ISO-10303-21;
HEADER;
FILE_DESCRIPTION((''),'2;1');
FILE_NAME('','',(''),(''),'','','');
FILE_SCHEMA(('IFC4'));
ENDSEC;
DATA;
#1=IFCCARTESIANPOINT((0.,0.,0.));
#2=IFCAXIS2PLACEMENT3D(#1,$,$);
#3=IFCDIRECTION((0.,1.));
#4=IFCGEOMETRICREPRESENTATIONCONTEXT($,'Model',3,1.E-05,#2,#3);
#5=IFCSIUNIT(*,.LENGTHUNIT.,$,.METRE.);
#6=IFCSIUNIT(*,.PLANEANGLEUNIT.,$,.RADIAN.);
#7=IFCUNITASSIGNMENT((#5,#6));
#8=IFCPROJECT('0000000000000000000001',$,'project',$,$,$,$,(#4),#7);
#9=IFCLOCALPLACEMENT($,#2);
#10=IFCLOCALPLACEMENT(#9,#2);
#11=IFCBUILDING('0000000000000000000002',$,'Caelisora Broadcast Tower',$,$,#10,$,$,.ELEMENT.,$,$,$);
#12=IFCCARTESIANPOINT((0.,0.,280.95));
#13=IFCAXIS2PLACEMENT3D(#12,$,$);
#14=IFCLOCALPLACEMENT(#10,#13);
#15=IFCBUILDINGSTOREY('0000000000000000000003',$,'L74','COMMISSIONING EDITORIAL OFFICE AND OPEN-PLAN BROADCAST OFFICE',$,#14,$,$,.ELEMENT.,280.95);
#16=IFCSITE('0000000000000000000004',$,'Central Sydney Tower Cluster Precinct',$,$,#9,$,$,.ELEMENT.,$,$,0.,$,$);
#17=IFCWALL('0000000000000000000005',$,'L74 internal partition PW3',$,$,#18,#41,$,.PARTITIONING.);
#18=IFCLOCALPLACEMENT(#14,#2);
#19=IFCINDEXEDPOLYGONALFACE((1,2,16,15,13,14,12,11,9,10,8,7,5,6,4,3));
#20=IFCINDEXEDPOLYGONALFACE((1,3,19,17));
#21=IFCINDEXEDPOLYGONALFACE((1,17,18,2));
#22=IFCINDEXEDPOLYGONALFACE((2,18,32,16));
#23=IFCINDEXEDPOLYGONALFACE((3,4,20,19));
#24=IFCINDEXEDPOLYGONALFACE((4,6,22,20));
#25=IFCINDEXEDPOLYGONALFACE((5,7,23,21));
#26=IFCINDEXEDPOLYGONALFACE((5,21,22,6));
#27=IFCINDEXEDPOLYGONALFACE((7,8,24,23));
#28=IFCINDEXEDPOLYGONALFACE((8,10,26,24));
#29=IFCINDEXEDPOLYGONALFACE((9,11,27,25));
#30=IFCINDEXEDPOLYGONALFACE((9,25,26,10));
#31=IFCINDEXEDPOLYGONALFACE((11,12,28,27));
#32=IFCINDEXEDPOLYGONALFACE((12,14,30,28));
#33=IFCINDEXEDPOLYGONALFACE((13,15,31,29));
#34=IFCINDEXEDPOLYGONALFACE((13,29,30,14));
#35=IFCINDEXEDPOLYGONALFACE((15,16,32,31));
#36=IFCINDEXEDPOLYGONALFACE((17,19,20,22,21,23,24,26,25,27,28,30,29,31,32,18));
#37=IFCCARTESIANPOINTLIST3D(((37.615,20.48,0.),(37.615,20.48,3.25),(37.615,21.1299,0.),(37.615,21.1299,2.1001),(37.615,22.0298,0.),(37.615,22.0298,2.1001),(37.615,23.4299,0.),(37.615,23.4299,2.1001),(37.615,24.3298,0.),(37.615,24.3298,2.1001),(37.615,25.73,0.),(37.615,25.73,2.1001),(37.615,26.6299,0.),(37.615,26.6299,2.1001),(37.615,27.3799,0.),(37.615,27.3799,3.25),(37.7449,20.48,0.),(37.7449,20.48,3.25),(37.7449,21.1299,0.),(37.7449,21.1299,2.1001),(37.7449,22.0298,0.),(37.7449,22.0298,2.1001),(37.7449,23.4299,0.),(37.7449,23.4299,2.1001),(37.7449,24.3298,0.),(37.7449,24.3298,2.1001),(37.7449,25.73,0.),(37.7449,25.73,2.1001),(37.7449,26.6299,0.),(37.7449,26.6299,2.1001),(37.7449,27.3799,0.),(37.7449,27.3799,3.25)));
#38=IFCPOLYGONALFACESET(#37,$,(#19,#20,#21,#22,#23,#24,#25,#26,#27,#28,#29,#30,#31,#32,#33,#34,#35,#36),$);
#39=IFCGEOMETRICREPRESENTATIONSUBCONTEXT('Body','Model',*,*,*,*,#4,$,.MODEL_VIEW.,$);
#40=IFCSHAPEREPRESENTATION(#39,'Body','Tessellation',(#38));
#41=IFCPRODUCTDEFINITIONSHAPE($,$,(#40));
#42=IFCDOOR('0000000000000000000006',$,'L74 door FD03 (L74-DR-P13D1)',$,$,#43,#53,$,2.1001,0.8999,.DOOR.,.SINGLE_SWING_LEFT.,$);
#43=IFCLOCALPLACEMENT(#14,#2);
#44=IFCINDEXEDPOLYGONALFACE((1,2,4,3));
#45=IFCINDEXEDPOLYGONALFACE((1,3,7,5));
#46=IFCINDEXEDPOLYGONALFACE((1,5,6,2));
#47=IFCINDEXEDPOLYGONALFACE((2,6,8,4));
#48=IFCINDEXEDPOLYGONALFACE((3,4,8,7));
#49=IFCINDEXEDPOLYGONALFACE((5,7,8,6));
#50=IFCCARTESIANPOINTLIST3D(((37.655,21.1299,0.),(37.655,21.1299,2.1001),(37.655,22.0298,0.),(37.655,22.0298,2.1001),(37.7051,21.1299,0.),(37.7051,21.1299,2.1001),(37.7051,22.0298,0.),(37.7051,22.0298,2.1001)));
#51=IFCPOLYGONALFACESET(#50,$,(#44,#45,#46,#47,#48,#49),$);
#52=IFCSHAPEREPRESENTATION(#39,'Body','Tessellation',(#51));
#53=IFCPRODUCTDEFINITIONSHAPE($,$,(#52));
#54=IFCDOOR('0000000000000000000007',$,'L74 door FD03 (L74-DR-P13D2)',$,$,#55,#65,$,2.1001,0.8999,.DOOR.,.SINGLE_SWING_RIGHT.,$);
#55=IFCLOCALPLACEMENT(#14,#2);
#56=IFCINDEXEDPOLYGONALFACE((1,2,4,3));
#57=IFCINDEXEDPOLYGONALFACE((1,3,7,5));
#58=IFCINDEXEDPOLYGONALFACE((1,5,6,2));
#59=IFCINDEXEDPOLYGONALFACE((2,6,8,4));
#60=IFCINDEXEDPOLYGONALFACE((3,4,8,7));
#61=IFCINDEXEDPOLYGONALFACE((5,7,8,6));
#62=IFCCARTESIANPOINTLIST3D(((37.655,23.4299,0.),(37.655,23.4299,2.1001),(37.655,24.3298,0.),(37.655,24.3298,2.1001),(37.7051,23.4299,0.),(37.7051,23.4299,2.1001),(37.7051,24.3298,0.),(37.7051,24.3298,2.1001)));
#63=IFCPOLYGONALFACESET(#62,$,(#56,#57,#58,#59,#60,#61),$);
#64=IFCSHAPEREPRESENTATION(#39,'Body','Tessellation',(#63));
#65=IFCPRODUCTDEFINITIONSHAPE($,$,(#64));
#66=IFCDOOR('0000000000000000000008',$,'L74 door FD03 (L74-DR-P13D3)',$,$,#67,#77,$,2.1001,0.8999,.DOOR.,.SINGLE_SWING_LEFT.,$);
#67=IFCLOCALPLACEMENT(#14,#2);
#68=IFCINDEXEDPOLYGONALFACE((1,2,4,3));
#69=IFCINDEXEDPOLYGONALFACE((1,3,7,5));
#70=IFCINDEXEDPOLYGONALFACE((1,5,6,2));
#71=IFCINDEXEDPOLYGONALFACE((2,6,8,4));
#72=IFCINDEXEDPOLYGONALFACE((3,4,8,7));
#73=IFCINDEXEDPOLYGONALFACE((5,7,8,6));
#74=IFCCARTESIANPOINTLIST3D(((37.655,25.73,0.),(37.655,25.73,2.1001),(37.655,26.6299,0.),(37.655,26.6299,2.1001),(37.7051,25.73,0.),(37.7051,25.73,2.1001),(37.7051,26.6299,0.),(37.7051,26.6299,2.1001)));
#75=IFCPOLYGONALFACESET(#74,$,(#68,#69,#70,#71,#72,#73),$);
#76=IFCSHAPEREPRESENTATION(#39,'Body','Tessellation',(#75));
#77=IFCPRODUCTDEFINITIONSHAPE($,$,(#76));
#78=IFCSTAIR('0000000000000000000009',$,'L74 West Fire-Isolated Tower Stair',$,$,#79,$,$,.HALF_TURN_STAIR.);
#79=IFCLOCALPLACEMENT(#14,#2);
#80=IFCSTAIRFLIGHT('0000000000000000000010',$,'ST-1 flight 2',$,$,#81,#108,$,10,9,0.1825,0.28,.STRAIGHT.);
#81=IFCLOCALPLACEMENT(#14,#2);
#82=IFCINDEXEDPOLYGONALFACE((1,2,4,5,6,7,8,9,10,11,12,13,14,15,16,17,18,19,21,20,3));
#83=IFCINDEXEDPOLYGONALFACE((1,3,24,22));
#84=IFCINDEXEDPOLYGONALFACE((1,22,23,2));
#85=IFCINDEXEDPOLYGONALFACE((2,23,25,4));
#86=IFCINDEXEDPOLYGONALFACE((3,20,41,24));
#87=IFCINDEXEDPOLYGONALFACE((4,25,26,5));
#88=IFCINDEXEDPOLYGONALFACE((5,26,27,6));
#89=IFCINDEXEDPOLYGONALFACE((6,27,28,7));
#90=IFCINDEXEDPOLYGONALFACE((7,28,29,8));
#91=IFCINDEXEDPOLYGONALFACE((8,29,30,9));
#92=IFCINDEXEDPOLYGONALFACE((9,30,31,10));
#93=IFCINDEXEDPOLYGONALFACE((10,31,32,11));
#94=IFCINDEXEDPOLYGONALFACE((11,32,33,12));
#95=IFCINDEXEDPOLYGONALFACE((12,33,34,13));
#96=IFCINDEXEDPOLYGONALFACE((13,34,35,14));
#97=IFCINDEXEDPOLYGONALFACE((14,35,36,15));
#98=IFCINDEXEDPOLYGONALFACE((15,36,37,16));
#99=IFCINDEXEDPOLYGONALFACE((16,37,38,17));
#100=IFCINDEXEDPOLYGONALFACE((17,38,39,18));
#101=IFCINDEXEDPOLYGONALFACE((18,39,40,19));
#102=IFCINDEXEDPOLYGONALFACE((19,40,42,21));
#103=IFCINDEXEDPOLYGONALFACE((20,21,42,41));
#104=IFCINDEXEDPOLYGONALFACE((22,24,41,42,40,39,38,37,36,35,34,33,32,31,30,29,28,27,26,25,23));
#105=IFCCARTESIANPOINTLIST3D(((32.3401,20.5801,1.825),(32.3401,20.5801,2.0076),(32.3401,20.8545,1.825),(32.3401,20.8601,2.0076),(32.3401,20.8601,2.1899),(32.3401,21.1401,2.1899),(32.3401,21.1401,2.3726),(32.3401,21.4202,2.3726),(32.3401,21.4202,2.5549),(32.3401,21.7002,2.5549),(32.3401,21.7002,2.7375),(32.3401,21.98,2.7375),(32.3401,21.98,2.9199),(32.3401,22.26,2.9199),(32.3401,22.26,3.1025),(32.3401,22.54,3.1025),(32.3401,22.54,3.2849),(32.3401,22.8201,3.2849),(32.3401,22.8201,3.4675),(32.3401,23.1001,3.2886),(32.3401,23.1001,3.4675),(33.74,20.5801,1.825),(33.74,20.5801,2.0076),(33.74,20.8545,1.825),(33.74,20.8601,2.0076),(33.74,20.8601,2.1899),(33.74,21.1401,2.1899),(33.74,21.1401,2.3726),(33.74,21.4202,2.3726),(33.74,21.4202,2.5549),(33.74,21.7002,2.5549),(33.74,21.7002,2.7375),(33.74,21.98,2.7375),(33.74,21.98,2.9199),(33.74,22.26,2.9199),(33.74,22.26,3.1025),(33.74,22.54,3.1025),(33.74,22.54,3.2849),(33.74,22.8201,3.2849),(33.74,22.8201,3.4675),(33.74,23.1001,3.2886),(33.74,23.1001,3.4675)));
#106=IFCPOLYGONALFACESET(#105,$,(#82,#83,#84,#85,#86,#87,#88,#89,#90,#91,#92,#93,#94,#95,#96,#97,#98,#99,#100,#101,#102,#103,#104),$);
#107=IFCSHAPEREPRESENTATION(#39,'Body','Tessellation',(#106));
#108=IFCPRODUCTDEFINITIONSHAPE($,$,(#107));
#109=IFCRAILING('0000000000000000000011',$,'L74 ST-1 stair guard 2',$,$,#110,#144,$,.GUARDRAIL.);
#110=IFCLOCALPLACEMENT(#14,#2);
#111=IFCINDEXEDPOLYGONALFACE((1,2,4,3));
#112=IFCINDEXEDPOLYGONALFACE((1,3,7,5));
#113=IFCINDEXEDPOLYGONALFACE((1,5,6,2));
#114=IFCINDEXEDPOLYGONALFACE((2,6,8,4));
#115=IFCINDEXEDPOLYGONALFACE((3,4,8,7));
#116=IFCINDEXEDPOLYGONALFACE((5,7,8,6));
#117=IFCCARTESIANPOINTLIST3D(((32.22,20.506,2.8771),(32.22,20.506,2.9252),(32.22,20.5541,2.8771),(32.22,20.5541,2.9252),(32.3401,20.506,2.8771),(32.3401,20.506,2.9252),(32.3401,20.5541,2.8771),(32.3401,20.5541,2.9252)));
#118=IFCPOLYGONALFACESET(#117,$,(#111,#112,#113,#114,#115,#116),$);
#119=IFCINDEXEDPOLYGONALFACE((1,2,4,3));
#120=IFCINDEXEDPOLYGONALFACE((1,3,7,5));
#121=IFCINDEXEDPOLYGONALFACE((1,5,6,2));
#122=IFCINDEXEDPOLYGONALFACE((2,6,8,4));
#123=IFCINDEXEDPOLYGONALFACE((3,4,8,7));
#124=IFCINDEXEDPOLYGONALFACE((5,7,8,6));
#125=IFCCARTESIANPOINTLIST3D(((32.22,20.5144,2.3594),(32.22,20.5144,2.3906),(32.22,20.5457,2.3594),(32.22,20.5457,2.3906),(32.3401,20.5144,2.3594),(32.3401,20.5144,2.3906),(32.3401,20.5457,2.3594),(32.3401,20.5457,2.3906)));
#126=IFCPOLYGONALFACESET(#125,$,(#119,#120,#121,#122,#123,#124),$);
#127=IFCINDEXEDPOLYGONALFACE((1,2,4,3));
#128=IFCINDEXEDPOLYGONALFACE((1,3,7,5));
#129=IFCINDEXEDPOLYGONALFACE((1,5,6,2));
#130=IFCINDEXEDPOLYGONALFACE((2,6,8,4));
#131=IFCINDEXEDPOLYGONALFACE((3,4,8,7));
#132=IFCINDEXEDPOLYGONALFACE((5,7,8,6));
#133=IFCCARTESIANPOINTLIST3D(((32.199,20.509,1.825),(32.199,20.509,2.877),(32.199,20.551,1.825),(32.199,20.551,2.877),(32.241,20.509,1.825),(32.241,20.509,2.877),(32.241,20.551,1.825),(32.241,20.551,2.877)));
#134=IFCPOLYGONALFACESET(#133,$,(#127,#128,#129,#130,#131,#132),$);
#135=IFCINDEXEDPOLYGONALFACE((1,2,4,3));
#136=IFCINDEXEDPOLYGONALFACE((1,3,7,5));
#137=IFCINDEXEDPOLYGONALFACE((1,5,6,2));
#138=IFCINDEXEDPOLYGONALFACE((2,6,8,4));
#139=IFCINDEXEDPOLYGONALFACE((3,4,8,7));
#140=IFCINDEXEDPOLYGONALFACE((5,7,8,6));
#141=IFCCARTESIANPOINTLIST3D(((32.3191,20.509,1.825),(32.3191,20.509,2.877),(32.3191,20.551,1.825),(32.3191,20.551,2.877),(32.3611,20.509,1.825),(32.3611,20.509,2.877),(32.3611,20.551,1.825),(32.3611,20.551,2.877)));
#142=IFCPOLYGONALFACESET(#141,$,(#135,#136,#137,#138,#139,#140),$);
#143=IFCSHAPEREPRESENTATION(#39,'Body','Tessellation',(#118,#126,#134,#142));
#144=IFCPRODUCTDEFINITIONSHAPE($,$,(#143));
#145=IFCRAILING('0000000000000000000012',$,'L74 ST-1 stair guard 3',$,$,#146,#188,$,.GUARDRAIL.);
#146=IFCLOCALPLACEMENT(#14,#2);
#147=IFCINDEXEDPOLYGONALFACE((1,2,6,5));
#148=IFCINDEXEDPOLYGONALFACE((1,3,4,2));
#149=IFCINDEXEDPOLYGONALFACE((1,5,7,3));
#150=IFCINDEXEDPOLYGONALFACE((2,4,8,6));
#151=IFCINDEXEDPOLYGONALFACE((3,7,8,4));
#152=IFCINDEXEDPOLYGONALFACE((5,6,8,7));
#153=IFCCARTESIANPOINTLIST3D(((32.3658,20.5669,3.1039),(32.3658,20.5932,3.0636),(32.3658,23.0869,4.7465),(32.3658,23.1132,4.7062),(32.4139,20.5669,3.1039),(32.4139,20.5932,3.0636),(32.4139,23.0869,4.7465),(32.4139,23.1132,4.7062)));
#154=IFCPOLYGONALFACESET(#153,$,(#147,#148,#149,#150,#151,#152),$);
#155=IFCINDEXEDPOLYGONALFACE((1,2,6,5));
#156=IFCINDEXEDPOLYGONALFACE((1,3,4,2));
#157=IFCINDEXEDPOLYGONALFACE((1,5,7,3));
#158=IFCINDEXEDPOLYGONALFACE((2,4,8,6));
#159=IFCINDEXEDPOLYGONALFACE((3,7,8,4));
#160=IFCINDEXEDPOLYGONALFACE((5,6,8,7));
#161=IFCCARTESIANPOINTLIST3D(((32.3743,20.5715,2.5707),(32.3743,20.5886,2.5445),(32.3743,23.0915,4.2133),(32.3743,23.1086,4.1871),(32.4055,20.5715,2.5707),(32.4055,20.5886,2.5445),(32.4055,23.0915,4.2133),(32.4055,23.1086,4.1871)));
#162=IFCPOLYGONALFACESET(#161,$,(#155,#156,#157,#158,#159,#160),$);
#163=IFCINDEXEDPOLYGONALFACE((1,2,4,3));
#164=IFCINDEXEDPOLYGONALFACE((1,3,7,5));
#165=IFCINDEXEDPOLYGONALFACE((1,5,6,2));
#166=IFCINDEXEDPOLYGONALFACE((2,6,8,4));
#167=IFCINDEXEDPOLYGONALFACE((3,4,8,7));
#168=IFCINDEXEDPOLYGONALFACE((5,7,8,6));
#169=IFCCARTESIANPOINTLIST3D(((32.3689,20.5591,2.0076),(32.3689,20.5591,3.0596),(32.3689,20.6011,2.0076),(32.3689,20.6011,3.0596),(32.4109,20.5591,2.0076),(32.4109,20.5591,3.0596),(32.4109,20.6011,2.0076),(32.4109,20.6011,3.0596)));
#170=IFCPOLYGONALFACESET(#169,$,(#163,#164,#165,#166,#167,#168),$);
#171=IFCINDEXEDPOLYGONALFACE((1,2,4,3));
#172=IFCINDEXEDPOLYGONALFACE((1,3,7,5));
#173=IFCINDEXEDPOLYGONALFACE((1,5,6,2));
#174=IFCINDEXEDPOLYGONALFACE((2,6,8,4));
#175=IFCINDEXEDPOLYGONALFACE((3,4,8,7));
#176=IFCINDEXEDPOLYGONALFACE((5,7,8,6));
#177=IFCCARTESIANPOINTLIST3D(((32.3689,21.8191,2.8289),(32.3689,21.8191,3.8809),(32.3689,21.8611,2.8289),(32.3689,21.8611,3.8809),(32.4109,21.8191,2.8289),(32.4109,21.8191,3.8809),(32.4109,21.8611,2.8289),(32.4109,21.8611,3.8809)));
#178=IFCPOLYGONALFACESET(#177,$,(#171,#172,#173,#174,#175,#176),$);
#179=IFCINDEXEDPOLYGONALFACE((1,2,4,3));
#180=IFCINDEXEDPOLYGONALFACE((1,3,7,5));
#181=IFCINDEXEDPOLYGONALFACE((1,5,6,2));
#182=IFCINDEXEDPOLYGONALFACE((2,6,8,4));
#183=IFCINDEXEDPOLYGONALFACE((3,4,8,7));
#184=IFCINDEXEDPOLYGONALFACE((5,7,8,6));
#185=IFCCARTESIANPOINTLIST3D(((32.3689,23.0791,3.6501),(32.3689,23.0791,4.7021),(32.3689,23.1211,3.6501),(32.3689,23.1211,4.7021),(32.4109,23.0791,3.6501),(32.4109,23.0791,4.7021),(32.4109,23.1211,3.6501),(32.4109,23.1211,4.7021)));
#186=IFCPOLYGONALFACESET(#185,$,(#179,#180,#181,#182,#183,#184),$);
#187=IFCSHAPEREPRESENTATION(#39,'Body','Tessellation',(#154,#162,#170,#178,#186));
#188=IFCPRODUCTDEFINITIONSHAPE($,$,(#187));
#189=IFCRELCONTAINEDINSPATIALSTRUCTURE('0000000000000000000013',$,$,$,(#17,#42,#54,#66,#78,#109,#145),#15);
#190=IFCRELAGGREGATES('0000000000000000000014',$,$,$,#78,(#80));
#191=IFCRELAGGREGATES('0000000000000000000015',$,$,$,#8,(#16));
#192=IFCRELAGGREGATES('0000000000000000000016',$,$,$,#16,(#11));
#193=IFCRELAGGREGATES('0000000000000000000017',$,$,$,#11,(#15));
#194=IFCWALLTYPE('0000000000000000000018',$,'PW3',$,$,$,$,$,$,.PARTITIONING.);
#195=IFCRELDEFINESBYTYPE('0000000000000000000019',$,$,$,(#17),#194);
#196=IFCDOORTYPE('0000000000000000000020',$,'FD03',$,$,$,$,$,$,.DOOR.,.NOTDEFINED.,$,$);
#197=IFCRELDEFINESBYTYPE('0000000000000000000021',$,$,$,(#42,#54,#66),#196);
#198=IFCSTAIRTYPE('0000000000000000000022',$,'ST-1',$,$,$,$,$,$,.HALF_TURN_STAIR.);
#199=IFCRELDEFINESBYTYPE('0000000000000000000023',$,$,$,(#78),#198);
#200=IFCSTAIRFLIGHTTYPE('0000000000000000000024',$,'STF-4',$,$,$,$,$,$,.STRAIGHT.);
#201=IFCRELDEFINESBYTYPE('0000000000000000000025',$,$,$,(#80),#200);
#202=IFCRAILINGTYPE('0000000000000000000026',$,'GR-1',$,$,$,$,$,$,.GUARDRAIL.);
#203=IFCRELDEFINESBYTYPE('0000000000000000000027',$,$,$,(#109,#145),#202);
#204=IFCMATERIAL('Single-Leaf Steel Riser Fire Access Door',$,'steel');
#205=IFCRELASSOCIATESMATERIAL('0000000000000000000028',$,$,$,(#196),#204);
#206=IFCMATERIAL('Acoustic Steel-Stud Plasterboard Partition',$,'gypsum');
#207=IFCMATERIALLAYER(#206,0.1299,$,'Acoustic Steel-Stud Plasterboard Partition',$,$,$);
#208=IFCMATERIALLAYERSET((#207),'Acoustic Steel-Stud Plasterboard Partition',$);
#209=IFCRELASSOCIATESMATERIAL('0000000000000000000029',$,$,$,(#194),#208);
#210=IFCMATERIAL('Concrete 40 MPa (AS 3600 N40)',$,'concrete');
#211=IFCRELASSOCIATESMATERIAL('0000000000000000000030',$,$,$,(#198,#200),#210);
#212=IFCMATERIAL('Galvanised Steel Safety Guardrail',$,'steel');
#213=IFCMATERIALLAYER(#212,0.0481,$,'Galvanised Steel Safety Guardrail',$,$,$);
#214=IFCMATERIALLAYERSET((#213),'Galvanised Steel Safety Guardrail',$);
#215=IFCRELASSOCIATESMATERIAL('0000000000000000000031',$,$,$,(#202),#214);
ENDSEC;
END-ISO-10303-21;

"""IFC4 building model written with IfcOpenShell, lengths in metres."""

from ifc_helpers import new_model, si_unit, direction, frame, frame_2d, origin, origin_2d, place, context, subcontext, project, spatial, polyline, rectangle, outline, extrude, material, layer, layer_set, type_object, element, fill, aggregate, save


model = new_model("IFC4")

# Units and contexts
model_context = context("Model", 3, precision=1e-05, world=origin(), true_north=direction((0.0, 1.0)))
body_context = subcontext(model_context, "Body", "Model", "MODEL_VIEW")
ifc_project = project(units=[si_unit("LENGTHUNIT", "METRE"), si_unit("PLANEANGLEUNIT", "RADIAN")], contexts=[model_context])

# Site, building, storey
site_placement = place(None, origin())
site = spatial("IfcSite", under=ifc_project, at=site_placement, Name="Central Sydney Tower Cluster Precinct", CompositionType="ELEMENT", RefElevation=0.0)
building_placement = place(site_placement, origin())
building = spatial("IfcBuilding", under=site, at=building_placement, Name="Caelisora Broadcast Tower", CompositionType="ELEMENT")
storey_placement = place(building_placement, frame((0.0, 0.0, 280.95)))
storey = spatial("IfcBuildingStorey", under=building, at=storey_placement, Name="L74", Description="COMMISSIONING EDITORIAL OFFICE AND OPEN-PLAN BROADCAST OFFICE", CompositionType="ELEMENT", Elevation=280.95)

# Shared definitions
ifc_material_1 = material(Name="Concrete 40 MPa (AS 3600 N40)", Category="concrete")

# Shared definitions
ifc_material_2 = material(Name="Single-Leaf Steel Riser Fire Access Door", Category="steel")
door_type_1 = type_object("IfcDoorType", Name="FD03", OperationType="NOTDEFINED", PredefinedType="DOOR", material=ifc_material_2)

# Shared definitions
ifc_material_3 = material(Name="Acoustic Steel-Stud Plasterboard Partition", Category="gypsum")
ifc_layer_1 = layer(ifc_material_3, 0.1299, Name="Acoustic Steel-Stud Plasterboard Partition")
ifc_layer_set_1 = layer_set([ifc_layer_1], Name="Acoustic Steel-Stud Plasterboard Partition")
wall_type_1 = type_object("IfcWallType", Name="PW3", PredefinedType="PARTITIONING", material=ifc_layer_set_1)

# Wall, openings, doors
wall_1_placement = place(storey_placement, frame((37.6799, 20.48, 0.0), z_axis=(0.0, 0.0, 1.0), x_axis=(0.0, 1.0, 0.0)))
wall_1 = element("IfcWall", 1, at=wall_1_placement, inside=storey, type_object=wall_type_1, Name="L74 internal partition PW3", PredefinedType="PARTITIONING", context=body_context, shape_type="SweptSolid", body=[
    extrude(rectangle(XDim=6.8999, YDim=0.1299, at=frame_2d((3.45, 0.0))), origin(), (0.0, 0.0, 1.0), 3.25),
])
opening_1_placement = place(wall_1_placement, frame((0.6499, 0.0, 0.0)))
opening_1 = element("IfcOpeningElement", 2, at=opening_1_placement, cuts=wall_1, PredefinedType="OPENING", context=body_context, shape_type="SweptSolid", body=[
    extrude(rectangle(XDim=0.8999, YDim=2.1001, at=frame_2d((0.45, 1.05))), frame((0.0, 0.0769, 0.0), z_axis=(0.0, -1.0, 0.0), x_axis=(1.0, 0.0, 0.0)), (0.0, 0.0, 1.0), 0.1538),
])
opening_2_placement = place(wall_1_placement, frame((2.95, 0.0, 0.0)))
opening_2 = element("IfcOpeningElement", 3, at=opening_2_placement, cuts=wall_1, PredefinedType="OPENING", context=body_context, shape_type="SweptSolid", body=[
    extrude(rectangle(XDim=0.8999, YDim=2.1001, at=frame_2d((0.45, 1.05))), frame((0.0, 0.0769, 0.0), z_axis=(0.0, -1.0, 0.0), x_axis=(1.0, 0.0, 0.0)), (0.0, 0.0, 1.0), 0.1538),
])
opening_3_placement = place(wall_1_placement, frame((5.25, 0.0, 0.0)))
opening_3 = element("IfcOpeningElement", 4, at=opening_3_placement, cuts=wall_1, PredefinedType="OPENING", context=body_context, shape_type="SweptSolid", body=[
    extrude(rectangle(XDim=0.8999, YDim=2.1001, at=frame_2d((0.45, 1.05))), frame((0.0, 0.0769, 0.0), z_axis=(0.0, -1.0, 0.0), x_axis=(1.0, 0.0, 0.0)), (0.0, 0.0, 1.0), 0.1538),
])
door_1_placement = place(opening_1_placement, origin())
door_1 = element("IfcDoor", 5, at=door_1_placement, inside=storey, type_object=door_type_1, Name="L74 door FD03 (L74-DR-P13D1)", OperationType="SINGLE_SWING_LEFT", OverallHeight=2.1001, OverallWidth=0.8999, PredefinedType="DOOR", context=body_context, shape_type="SweptSolid", body=[
    extrude(rectangle(XDim=0.8999, YDim=2.1001, at=frame_2d((0.45, 1.05))), frame((0.0, 0.0249, 0.0), z_axis=(0.0, -1.0, 0.0), x_axis=(1.0, 0.0, 0.0)), (0.0, 0.0, 1.0), 0.05),
])
fill(opening_1, door_1)
door_2_placement = place(opening_2_placement, origin())
door_2 = element("IfcDoor", 6, at=door_2_placement, inside=storey, type_object=door_type_1, Name="L74 door FD03 (L74-DR-P13D2)", OperationType="SINGLE_SWING_RIGHT", OverallHeight=2.1001, OverallWidth=0.8999, PredefinedType="DOOR", context=body_context, shape_type="SweptSolid", body=[
    extrude(rectangle(XDim=0.8999, YDim=2.1001, at=frame_2d((0.45, 1.05))), frame((0.0, 0.0249, 0.0), z_axis=(0.0, -1.0, 0.0), x_axis=(1.0, 0.0, 0.0)), (0.0, 0.0, 1.0), 0.05),
])
fill(opening_2, door_2)
door_3_placement = place(opening_3_placement, origin())
door_3 = element("IfcDoor", 7, at=door_3_placement, inside=storey, type_object=door_type_1, Name="L74 door FD03 (L74-DR-P13D3)", OperationType="SINGLE_SWING_LEFT", OverallHeight=2.1001, OverallWidth=0.8999, PredefinedType="DOOR", context=body_context, shape_type="SweptSolid", body=[
    extrude(rectangle(XDim=0.8999, YDim=2.1001, at=frame_2d((0.45, 1.05))), frame((0.0, 0.0249, 0.0), z_axis=(0.0, -1.0, 0.0), x_axis=(1.0, 0.0, 0.0)), (0.0, 0.0, 1.0), 0.05),
])
fill(opening_3, door_3)

# Stair, stair flight
stair_type = type_object("IfcStairType", Name="ST-1", PredefinedType="HALF_TURN_STAIR", material=ifc_material_1)
stair_placement = place(storey_placement, origin())
stair = element("IfcStair", 8, at=stair_placement, inside=storey, type_object=stair_type, Name="L74 West Fire-Isolated Tower Stair", PredefinedType="HALF_TURN_STAIR")
stair_flight_type = type_object("IfcStairFlightType", Name="STF-4", PredefinedType="STRAIGHT", material=ifc_material_1)
stair_flight_placement = place(storey_placement, frame((33.04, 20.5801, 1.825), z_axis=(0.0, 0.0, 1.0), x_axis=(0.0, 1.0, 0.0)))
stair_flight = element("IfcStairFlight", 9, at=stair_flight_placement, type_object=stair_flight_type, Name="ST-1 flight 2", NumberOfRisers=10, NumberOfTreads=9, PredefinedType="STRAIGHT", RiserHeight=0.1825, TreadLength=0.28, context=body_context, shape_type="SweptSolid", body=[
    extrude(outline(polyline([(0.0, 0.0), (0.0, 0.1826), (0.28, 0.1826), (0.28, 0.365), (0.5601, 0.365), (0.5601, 0.5476), (0.8401, 0.5476), (0.8401, 0.73), (1.1201, 0.73), (1.1201, 0.9126), (1.3999, 0.9126), (1.3999, 1.095), (1.6799, 1.095), (1.6799, 1.2776), (1.96, 1.2776), (1.96, 1.46), (2.24, 1.46), (2.24, 1.6426), (2.52, 1.6426), (2.52, 1.825), (2.52, 1.4636), (0.2744, 0.0), (0.0, 0.0)])), frame((0.0, 0.7, 0.0), z_axis=(0.0, -1.0, 0.0), x_axis=(1.0, 0.0, 0.0)), (0.0, 0.0, 1.0), 1.3999),
])
aggregate(stair, [stair_flight])

# Railings
ifc_material_4 = material(Name="Galvanised Steel Safety Guardrail", Category="steel")
ifc_layer_2 = layer(ifc_material_4, 0.0481, Name="Galvanised Steel Safety Guardrail")
ifc_layer_set_2 = layer_set([ifc_layer_2], Name="Galvanised Steel Safety Guardrail")
railing_type_1 = type_object("IfcRailingType", Name="GR-1", PredefinedType="GUARDRAIL", material=ifc_layer_set_2)
railing_1_placement = place(storey_placement, frame((32.22, 20.53, 1.825)))
element("IfcRailing", 10, at=railing_1_placement, inside=storey, type_object=railing_type_1, Name="L74 ST-1 stair guard 2", PredefinedType="GUARDRAIL", context=body_context, shape_type="SweptSolid", body=[
    extrude(rectangle(XDim=0.0481, YDim=0.0481, at=origin_2d()), frame((0.0, 0.0, 1.0762), z_axis=(1.0, 0.0, 0.0), x_axis=(0.0, 1.0, 0.0)), (0.0, 0.0, 1.0), 0.1201),
    extrude(rectangle(XDim=0.0312, YDim=0.0312, at=origin_2d()), frame((0.0, 0.0, 0.55), z_axis=(1.0, 0.0, 0.0), x_axis=(0.0, 1.0, 0.0)), (0.0, 0.0, 1.0), 0.1201),
    extrude(rectangle(XDim=0.042, YDim=0.042, at=origin_2d()), origin(), (0.0, 0.0, 1.0), 1.052),
    extrude(rectangle(XDim=0.042, YDim=0.042, at=origin_2d()), frame((0.1201, 0.0, 0.0)), (0.0, 0.0, 1.0), 1.052),
])
railing_2_placement = place(storey_placement, frame((32.3899, 20.5801, 2.0076)))
element("IfcRailing", 11, at=railing_2_placement, inside=storey, type_object=railing_type_1, Name="L74 ST-1 stair guard 3", PredefinedType="GUARDRAIL", context=body_context, shape_type="SweptSolid", body=[
    extrude(rectangle(XDim=0.0481, YDim=0.0481, at=origin_2d()), frame((0.0, 0.0, 1.0762), z_axis=(0.0, 0.837749, 0.546055), x_axis=(-1.0, 0.0, 0.0)), (0.0, 0.0, 1.0), 3.0081),
    extrude(rectangle(XDim=0.0312, YDim=0.0312, at=origin_2d()), frame((0.0, 0.0, 0.55), z_axis=(0.0, 0.837749, 0.546055), x_axis=(-1.0, 0.0, 0.0)), (0.0, 0.0, 1.0), 3.0081),
    extrude(rectangle(XDim=0.042, YDim=0.042, at=origin_2d()), origin(), (0.0, 0.0, 1.0), 1.052),
    extrude(rectangle(XDim=0.042, YDim=0.042, at=origin_2d()), frame((0.0, 1.26, 0.8213)), (0.0, 0.0, 1.0), 1.052),
    extrude(rectangle(XDim=0.042, YDim=0.042, at=origin_2d()), frame((0.0, 2.52, 1.6426)), (0.0, 0.0, 1.0), 1.052),
])

save(model, "model.ifc")
